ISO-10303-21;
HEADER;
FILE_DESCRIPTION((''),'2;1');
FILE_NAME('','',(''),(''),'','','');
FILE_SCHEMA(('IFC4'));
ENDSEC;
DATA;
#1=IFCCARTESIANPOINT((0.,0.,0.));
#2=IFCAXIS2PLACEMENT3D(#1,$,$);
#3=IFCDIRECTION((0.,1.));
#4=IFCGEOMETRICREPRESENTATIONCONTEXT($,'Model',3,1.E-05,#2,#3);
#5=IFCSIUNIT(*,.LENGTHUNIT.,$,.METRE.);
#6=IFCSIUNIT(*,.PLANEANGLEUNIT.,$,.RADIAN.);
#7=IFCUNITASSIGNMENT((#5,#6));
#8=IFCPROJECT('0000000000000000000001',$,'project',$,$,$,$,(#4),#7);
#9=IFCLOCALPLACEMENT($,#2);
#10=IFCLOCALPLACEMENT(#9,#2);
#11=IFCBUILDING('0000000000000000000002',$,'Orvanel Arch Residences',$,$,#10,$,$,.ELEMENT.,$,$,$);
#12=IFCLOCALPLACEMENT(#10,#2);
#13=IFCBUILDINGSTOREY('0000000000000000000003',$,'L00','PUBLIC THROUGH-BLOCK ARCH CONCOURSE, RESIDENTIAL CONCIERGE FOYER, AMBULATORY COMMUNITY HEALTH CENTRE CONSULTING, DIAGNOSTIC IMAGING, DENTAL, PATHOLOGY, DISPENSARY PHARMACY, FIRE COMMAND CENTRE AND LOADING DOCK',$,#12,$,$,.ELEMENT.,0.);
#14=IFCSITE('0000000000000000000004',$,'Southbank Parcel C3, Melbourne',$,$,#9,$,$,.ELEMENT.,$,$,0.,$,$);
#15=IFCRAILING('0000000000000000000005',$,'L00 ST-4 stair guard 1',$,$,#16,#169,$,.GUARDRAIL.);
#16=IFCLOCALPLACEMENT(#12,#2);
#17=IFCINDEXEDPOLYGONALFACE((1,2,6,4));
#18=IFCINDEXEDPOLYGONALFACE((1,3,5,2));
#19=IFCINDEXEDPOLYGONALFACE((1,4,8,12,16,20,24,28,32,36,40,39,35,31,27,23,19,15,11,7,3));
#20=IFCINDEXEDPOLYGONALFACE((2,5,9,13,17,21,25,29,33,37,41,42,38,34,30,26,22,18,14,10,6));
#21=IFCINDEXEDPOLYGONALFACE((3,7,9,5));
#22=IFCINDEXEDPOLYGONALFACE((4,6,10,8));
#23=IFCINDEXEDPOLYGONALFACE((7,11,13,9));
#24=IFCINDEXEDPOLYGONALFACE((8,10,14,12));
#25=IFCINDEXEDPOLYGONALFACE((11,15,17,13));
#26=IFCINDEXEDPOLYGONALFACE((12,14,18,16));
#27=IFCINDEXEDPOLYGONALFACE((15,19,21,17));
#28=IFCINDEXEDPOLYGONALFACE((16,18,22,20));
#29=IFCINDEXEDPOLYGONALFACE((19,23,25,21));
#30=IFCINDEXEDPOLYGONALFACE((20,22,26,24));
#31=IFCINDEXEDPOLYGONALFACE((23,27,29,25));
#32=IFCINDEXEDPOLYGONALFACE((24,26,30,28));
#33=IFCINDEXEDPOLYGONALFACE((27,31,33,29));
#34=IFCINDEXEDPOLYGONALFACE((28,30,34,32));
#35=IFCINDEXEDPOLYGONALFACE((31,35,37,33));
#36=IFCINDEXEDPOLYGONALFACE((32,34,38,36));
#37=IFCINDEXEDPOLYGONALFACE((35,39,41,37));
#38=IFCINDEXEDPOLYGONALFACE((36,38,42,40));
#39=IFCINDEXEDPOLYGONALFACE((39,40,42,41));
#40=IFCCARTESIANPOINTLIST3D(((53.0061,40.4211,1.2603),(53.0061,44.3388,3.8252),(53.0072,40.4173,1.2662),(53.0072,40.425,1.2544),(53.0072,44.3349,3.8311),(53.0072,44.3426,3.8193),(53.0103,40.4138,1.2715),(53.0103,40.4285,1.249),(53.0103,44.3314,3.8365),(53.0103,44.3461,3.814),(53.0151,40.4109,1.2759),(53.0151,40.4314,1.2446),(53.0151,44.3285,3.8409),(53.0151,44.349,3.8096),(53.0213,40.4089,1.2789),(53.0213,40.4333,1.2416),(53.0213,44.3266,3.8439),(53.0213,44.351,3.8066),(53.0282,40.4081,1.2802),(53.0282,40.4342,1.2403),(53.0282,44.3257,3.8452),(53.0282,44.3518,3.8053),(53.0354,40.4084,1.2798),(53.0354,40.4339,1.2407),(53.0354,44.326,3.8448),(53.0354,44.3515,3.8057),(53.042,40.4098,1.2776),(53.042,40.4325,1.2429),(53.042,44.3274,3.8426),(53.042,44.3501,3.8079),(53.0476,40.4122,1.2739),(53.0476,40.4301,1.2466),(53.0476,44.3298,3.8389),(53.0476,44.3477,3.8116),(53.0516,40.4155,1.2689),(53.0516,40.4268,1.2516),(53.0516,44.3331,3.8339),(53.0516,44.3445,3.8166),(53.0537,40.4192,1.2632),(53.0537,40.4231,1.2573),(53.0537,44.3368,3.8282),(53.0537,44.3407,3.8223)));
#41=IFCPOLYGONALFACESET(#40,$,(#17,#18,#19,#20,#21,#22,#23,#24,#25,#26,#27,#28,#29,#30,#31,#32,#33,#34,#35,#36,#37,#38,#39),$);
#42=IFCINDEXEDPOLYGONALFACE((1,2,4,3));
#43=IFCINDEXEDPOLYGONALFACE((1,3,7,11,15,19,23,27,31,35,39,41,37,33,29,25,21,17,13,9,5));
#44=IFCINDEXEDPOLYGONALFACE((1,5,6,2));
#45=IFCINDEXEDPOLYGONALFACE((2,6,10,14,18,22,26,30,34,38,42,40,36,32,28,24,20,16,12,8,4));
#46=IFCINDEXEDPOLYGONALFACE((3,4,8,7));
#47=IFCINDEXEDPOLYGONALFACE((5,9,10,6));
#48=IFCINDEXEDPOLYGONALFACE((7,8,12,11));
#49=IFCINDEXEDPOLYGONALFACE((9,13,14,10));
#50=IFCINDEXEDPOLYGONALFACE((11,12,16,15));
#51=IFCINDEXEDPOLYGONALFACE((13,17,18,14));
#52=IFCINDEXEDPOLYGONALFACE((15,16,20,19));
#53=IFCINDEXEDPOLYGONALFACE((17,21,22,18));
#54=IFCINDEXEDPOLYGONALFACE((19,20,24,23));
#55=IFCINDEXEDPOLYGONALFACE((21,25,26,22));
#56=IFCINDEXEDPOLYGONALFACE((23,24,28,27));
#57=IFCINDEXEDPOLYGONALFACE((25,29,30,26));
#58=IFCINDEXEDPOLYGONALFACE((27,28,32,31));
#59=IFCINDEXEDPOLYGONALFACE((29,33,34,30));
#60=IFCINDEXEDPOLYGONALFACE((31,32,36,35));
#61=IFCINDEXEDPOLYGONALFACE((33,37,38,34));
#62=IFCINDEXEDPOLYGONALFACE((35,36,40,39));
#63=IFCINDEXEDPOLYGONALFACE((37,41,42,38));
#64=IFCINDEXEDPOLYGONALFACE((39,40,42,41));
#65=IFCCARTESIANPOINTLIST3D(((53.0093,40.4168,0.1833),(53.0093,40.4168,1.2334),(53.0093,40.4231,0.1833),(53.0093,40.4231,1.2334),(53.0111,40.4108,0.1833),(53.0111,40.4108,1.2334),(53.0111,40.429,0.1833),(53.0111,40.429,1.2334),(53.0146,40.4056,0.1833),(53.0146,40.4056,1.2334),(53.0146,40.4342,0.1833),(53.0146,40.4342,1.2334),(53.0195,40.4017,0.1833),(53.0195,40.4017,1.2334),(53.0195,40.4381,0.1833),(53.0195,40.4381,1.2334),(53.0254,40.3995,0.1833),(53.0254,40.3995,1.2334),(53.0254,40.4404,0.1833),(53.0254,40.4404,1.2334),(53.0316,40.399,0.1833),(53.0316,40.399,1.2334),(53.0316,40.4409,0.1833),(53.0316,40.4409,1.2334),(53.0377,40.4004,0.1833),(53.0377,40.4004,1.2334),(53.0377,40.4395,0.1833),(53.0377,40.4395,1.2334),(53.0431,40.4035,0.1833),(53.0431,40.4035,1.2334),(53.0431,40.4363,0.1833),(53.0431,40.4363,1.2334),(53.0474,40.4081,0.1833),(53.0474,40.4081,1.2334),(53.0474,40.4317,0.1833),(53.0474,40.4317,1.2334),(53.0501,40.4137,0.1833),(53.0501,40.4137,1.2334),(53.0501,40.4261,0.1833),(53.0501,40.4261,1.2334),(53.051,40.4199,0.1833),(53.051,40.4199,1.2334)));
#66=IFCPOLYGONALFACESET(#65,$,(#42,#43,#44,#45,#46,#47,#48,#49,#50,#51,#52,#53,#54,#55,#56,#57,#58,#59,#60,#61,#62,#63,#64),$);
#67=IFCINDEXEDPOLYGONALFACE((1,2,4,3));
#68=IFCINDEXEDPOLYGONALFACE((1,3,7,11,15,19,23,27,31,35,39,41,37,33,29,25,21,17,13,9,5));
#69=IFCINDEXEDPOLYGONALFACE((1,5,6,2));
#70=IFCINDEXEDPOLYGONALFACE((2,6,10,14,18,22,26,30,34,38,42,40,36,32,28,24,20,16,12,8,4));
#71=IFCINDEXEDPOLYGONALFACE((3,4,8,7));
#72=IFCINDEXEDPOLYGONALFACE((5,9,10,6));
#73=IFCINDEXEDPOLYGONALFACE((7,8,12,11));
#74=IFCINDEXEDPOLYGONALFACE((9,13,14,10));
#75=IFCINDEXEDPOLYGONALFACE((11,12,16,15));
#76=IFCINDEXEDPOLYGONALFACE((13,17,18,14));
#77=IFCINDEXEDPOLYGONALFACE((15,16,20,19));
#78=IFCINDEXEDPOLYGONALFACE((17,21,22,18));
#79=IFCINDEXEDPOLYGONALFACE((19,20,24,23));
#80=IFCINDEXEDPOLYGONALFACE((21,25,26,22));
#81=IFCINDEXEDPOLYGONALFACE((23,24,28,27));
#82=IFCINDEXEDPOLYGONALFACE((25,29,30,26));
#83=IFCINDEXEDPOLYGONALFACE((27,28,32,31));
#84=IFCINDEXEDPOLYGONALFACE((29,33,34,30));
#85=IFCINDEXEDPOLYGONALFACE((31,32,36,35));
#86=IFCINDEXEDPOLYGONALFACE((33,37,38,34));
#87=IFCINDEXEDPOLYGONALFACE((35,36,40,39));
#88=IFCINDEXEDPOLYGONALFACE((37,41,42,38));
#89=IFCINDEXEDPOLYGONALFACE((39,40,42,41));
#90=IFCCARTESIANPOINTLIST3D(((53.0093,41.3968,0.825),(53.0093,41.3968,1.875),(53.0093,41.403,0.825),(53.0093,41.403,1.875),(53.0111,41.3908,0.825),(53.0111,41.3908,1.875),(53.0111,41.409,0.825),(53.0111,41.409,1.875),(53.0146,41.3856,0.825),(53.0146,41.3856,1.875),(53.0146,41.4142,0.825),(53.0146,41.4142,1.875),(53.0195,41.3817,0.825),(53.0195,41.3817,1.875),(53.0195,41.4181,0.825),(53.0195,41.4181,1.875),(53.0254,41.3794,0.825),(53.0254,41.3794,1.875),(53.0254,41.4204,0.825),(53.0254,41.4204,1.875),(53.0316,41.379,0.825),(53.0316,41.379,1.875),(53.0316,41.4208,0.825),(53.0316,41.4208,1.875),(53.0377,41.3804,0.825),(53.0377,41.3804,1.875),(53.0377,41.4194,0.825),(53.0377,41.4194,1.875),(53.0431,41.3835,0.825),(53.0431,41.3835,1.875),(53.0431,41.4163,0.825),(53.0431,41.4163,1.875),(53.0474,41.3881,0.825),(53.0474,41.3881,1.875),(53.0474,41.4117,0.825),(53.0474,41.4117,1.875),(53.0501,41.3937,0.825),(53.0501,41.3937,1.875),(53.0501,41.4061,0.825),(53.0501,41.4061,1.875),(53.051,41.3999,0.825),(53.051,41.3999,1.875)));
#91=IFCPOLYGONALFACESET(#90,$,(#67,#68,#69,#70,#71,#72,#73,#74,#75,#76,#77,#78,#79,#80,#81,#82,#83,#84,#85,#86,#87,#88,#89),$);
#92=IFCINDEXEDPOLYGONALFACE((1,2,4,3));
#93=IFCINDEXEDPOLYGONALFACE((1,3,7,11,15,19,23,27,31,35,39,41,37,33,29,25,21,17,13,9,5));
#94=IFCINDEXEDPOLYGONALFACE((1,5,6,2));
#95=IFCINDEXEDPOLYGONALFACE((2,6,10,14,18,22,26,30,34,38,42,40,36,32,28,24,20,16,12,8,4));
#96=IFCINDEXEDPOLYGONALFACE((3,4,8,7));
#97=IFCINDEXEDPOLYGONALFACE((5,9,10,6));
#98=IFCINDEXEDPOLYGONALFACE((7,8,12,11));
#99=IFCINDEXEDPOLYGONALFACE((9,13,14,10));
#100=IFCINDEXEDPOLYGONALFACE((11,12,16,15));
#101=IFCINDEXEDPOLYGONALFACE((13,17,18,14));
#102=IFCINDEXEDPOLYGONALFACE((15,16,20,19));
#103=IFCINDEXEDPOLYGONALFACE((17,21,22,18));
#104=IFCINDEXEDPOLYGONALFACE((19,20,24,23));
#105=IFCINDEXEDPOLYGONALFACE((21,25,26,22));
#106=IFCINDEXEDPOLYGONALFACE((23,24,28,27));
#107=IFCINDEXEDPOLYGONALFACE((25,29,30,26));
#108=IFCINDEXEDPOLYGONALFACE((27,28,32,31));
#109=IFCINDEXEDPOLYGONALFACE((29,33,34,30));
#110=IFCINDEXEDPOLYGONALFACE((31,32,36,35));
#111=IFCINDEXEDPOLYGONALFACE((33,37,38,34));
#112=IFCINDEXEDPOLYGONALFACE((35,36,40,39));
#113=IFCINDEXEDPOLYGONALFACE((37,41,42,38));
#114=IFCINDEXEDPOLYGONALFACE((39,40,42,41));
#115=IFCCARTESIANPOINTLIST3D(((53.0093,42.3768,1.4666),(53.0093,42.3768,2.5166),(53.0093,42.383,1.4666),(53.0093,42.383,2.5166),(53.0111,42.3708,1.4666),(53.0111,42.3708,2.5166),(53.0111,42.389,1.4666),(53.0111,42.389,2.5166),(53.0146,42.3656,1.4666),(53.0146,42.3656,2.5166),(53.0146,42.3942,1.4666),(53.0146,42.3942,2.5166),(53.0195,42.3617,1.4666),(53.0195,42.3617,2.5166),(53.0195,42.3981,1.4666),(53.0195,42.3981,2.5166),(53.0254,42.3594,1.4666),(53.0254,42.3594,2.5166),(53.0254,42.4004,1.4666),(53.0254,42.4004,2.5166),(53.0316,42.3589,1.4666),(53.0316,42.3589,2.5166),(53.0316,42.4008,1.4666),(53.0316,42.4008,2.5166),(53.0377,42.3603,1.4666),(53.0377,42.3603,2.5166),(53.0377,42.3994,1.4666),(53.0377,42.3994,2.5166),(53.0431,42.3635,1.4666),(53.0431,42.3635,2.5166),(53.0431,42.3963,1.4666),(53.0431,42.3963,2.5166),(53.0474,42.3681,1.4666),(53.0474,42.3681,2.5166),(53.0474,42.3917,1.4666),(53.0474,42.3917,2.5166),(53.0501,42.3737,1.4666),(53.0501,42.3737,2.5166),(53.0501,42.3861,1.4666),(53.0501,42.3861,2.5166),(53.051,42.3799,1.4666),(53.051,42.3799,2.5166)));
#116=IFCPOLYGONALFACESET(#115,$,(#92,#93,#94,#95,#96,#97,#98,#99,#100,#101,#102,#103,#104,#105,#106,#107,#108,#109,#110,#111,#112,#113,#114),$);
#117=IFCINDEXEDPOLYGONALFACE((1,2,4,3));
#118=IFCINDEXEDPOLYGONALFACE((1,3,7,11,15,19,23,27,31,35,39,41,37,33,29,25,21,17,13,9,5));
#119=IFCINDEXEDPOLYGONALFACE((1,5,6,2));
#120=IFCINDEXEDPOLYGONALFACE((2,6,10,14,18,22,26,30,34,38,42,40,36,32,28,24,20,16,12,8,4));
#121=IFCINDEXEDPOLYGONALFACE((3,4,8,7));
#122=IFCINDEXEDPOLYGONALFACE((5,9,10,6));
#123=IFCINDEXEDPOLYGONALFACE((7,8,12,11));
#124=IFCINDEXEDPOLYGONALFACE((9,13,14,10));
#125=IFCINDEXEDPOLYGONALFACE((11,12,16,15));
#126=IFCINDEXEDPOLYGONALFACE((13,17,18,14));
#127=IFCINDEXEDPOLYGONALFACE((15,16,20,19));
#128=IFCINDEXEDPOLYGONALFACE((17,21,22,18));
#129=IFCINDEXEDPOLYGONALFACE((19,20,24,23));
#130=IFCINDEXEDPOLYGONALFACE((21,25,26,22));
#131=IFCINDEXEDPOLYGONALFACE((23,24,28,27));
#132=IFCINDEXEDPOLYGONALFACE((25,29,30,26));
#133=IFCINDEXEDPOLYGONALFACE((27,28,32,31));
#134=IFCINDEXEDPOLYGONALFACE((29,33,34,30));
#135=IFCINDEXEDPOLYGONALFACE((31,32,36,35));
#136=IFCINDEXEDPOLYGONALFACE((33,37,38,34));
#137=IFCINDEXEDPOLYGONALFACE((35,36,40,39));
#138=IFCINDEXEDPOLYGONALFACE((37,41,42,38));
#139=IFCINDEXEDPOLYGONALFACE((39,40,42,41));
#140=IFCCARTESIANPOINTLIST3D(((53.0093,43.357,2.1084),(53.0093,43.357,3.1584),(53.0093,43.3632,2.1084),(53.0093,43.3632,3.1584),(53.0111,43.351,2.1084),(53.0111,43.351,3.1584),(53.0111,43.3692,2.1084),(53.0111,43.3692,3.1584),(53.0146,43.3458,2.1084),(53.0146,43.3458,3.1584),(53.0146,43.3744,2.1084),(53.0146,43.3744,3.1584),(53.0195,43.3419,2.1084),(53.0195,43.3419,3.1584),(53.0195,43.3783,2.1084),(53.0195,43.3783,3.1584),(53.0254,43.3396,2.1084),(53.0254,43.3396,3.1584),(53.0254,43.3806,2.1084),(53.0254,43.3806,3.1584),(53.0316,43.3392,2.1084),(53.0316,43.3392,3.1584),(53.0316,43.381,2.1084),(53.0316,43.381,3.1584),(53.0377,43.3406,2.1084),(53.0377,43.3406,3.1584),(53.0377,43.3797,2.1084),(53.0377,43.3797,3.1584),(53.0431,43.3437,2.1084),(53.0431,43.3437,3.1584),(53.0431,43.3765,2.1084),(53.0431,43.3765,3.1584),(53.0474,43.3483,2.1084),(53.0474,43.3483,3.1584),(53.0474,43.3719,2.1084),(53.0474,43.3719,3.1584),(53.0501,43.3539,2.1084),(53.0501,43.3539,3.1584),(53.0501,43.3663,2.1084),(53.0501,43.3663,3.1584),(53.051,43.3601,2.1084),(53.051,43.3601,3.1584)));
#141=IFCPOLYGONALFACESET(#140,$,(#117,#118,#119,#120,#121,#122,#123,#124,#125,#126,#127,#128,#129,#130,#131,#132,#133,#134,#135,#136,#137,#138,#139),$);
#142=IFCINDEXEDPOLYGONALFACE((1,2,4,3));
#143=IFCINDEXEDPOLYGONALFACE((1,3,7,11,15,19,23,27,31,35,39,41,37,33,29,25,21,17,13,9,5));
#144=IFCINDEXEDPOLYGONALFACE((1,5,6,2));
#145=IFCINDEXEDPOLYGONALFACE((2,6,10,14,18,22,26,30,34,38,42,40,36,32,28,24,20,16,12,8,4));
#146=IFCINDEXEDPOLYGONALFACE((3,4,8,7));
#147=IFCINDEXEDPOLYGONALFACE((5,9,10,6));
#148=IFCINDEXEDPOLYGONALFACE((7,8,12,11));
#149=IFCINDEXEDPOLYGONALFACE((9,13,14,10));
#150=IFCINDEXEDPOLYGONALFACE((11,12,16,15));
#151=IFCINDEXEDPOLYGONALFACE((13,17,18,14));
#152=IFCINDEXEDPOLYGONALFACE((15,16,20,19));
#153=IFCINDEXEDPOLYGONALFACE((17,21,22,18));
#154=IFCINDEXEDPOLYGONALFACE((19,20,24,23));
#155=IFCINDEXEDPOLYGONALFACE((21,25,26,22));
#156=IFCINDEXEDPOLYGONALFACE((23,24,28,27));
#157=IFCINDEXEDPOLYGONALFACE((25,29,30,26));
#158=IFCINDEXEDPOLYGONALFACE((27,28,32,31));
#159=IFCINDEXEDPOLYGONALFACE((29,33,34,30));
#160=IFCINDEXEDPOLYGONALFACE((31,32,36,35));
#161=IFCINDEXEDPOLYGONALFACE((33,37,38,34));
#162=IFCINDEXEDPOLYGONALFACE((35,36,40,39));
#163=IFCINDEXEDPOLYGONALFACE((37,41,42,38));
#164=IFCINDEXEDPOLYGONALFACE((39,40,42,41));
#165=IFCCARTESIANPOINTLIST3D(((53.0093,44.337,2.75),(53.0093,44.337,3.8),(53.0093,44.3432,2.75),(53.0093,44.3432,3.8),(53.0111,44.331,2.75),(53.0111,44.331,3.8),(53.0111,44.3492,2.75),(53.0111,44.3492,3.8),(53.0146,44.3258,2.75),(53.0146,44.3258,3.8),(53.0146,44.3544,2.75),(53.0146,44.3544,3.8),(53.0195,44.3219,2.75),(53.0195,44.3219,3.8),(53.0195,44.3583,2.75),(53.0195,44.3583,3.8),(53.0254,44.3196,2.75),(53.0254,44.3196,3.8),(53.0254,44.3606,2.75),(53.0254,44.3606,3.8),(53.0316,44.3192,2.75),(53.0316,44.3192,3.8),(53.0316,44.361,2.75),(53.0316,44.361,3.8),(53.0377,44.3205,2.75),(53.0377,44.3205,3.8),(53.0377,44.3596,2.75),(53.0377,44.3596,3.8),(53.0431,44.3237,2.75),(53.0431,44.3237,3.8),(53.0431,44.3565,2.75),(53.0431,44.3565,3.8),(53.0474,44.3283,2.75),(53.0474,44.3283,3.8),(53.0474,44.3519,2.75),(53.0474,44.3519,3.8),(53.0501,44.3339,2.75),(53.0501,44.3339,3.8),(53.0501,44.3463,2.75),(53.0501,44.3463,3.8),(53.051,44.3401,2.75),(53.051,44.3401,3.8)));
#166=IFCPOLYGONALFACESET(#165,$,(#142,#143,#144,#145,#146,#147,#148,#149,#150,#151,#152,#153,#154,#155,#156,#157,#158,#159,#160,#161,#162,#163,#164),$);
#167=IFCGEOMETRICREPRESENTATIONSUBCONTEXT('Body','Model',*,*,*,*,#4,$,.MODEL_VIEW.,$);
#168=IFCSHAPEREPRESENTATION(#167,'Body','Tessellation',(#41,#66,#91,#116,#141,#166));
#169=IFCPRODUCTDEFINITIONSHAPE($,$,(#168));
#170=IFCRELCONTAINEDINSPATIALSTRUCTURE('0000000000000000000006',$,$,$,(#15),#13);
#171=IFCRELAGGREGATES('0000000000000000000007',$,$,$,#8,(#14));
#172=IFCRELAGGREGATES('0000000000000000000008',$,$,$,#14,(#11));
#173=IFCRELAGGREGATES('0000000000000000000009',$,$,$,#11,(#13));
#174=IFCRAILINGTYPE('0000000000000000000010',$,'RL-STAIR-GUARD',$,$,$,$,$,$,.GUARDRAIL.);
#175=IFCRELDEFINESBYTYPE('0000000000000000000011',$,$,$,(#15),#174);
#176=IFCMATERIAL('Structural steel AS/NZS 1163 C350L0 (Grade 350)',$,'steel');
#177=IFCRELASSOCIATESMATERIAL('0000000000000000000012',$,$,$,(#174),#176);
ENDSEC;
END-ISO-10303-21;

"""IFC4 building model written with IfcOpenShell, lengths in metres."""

from ifc_helpers import new_model, si_unit, direction, frame, origin, origin_2d, place, context, subcontext, project, spatial, circle, extrude, material, type_object, element, save


model = new_model("IFC4")

# Units and contexts
model_context = context("Model", 3, precision=1e-05, world=origin(), true_north=direction((0.0, 1.0)))
body_context = subcontext(model_context, "Body", "Model", "MODEL_VIEW")
ifc_project = project(units=[si_unit("LENGTHUNIT", "METRE"), si_unit("PLANEANGLEUNIT", "RADIAN")], contexts=[model_context])

# Site, building, storey
site_placement = place(None, origin())
site = spatial("IfcSite", under=ifc_project, at=site_placement, Name="Southbank Parcel C3, Melbourne", CompositionType="ELEMENT", RefElevation=0.0)
building_placement = place(site_placement, origin())
building = spatial("IfcBuilding", under=site, at=building_placement, Name="Orvanel Arch Residences", CompositionType="ELEMENT")
storey_placement = place(building_placement, origin())
storey = spatial("IfcBuildingStorey", under=building, at=storey_placement, Name="L00", Description="PUBLIC THROUGH-BLOCK ARCH CONCOURSE, RESIDENTIAL CONCIERGE FOYER, AMBULATORY COMMUNITY HEALTH CENTRE CONSULTING, DIAGNOSTIC IMAGING, DENTAL, PATHOLOGY, DISPENSARY PHARMACY, FIRE COMMAND CENTRE AND LOADING DOCK", CompositionType="ELEMENT", Elevation=0.0)

# Railing
ifc_material_1 = material(Name="Structural steel AS/NZS 1163 C350L0 (Grade 350)", Category="steel")
railing_type_1 = type_object("IfcRailingType", Name="RL-STAIR-GUARD", PredefinedType="GUARDRAIL", material=ifc_material_1)
railing_1_placement = place(storey_placement, frame((53.03, 40.4199, 0.1833)))
element("IfcRailing", 1, at=railing_1_placement, inside=storey, type_object=railing_type_1, Name="L00 ST-4 stair guard 1", PredefinedType="GUARDRAIL", context=body_context, shape_type="SweptSolid", body=[
    extrude(circle(Radius=0.0239, at=origin_2d()), frame((0.0, 0.0012, 1.0769), z_axis=(0.0, 0.836631, 0.547767), x_axis=(-1.0, 0.0, 0.0)), (0.0, 0.0, 1.0), 4.6826),
    extrude(circle(Radius=0.021, at=origin_2d()), origin(), (0.0, 0.0, 1.0), 1.05),
    extrude(circle(Radius=0.021, at=origin_2d()), frame((0.0, 0.98, 0.6416)), (0.0, 0.0, 1.0), 1.05),
    extrude(circle(Radius=0.021, at=origin_2d()), frame((0.0, 1.96, 1.2832)), (0.0, 0.0, 1.0), 1.05),
    extrude(circle(Radius=0.021, at=origin_2d()), frame((0.0, 2.9402, 1.925)), (0.0, 0.0, 1.0), 1.05),
    extrude(circle(Radius=0.021, at=origin_2d()), frame((0.0, 3.9202, 2.5667)), (0.0, 0.0, 1.0), 1.05),
])

save(model, "model.ifc")
